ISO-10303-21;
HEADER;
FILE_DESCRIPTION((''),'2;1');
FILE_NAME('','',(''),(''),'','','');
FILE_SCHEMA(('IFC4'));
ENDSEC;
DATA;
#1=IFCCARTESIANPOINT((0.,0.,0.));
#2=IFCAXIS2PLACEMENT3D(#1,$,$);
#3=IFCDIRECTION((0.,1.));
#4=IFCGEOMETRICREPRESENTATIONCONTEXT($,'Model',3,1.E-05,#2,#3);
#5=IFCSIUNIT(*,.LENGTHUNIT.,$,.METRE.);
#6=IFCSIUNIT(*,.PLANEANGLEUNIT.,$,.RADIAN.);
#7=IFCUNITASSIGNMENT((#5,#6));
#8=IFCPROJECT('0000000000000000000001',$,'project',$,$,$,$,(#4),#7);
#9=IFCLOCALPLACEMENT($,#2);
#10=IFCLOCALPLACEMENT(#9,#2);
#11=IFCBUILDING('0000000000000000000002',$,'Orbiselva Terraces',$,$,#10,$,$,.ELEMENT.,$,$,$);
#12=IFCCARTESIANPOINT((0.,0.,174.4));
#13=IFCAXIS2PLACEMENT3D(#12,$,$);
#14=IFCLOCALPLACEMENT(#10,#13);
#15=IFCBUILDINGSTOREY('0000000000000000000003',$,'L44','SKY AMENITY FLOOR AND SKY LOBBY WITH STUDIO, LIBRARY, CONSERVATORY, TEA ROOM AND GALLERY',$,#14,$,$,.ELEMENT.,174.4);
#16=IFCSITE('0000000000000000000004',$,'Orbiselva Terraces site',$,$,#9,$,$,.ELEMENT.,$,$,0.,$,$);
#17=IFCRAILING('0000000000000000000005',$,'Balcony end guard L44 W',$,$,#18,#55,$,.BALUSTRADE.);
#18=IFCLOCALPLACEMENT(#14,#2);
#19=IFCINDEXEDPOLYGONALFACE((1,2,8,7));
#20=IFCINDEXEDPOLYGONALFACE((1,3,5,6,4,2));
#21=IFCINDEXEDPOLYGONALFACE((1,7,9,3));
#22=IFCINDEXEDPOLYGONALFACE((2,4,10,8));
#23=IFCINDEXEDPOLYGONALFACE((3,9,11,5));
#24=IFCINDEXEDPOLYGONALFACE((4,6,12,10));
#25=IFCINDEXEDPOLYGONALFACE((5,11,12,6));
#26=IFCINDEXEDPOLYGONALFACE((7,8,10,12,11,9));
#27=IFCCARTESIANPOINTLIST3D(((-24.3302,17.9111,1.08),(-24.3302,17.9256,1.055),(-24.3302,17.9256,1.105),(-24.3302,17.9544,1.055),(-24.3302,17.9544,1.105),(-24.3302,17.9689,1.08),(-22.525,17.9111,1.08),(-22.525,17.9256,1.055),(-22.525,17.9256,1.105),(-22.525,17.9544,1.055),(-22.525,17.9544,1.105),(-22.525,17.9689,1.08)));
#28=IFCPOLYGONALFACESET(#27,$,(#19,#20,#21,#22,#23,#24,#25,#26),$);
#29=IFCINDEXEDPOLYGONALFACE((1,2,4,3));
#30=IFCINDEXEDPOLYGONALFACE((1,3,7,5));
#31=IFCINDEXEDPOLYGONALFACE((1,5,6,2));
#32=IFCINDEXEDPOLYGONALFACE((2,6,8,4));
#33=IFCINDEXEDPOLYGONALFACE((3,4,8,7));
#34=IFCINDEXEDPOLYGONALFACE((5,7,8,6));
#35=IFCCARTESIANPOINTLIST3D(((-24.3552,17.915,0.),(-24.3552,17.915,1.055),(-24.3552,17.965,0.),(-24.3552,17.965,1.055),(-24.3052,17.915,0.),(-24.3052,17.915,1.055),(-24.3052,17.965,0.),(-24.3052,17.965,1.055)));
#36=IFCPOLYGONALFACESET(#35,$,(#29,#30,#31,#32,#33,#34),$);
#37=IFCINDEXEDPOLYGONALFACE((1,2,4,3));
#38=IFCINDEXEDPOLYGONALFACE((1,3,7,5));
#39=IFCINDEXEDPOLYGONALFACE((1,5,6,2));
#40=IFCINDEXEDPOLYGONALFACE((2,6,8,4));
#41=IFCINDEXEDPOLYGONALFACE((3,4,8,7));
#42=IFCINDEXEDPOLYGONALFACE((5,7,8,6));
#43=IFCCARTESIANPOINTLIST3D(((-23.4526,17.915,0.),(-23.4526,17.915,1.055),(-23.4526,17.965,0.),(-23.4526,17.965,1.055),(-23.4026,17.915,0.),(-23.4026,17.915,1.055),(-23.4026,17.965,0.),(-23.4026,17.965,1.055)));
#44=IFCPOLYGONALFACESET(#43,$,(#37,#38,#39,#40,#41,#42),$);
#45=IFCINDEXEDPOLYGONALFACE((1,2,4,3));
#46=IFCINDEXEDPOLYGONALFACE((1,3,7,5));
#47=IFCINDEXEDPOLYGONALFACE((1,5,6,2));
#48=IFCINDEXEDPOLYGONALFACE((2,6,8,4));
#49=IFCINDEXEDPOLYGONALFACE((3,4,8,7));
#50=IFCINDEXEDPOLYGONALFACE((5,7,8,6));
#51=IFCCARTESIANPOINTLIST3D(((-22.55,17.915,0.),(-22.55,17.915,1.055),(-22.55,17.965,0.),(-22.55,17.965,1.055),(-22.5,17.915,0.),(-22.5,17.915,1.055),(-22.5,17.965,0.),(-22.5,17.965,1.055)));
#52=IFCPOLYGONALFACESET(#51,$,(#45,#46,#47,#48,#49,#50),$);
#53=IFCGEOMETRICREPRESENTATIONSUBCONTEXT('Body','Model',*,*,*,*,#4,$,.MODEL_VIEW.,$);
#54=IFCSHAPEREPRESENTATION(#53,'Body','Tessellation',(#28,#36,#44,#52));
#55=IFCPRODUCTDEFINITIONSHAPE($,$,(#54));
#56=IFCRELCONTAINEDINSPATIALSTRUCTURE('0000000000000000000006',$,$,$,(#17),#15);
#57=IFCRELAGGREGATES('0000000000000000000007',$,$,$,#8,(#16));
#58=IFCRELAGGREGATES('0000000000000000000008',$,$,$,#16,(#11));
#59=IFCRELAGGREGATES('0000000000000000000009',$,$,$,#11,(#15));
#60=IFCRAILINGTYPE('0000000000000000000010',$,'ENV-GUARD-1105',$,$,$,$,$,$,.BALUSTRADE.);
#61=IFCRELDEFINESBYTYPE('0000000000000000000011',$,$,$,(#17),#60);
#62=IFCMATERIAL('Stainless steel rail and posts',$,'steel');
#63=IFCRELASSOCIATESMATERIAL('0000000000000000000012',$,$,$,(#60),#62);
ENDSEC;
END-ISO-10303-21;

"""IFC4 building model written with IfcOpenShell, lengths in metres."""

from ifc_helpers import new_model, si_unit, direction, frame, origin, origin_2d, place, context, subcontext, project, spatial, polyline, rectangle, outline, extrude, material, type_object, element, save


model = new_model("IFC4")

# Units and contexts
model_context = context("Model", 3, precision=1e-05, world=origin(), true_north=direction((0.0, 1.0)))
body_context = subcontext(model_context, "Body", "Model", "MODEL_VIEW")
ifc_project = project(units=[si_unit("LENGTHUNIT", "METRE"), si_unit("PLANEANGLEUNIT", "RADIAN")], contexts=[model_context])

# Site, building, storey
site_placement = place(None, origin())
site = spatial("IfcSite", under=ifc_project, at=site_placement, Name="Orbiselva Terraces site", CompositionType="ELEMENT", RefElevation=0.0)
building_placement = place(site_placement, origin())
building = spatial("IfcBuilding", under=site, at=building_placement, Name="Orbiselva Terraces", CompositionType="ELEMENT")
storey_placement = place(building_placement, frame((0.0, 0.0, 174.4)))
storey = spatial("IfcBuildingStorey", under=building, at=storey_placement, Name="L44", Description="SKY AMENITY FLOOR AND SKY LOBBY WITH STUDIO, LIBRARY, CONSERVATORY, TEA ROOM AND GALLERY", CompositionType="ELEMENT", Elevation=174.4)

# Railing
ifc_material_1 = material(Name="Stainless steel rail and posts", Category="steel")
railing_type_1 = type_object("IfcRailingType", Name="ENV-GUARD-1105", PredefinedType="BALUSTRADE", material=ifc_material_1)
railing_1_placement = place(storey_placement, frame((-24.3302, 17.94, 0.0)))
element("IfcRailing", 1, at=railing_1_placement, inside=storey, type_object=railing_type_1, Name="Balcony end guard L44 W", PredefinedType="BALUSTRADE", context=body_context, shape_type="SweptSolid", body=[
    extrude(outline(polyline([(0.0289, 0.0), (0.0144, 0.025), (-0.0144, 0.025), (-0.0289, 0.0), (-0.0144, -0.025), (0.0144, -0.025), (0.0289, 0.0)])), frame((0.0, 0.0, 1.08), z_axis=(1.0, 0.0, 0.0), x_axis=(0.0, 1.0, 0.0)), (0.0, 0.0, 1.0), 1.8052),
    extrude(rectangle(XDim=0.05, YDim=0.05, at=origin_2d()), origin(), (0.0, 0.0, 1.0), 1.055),
    extrude(rectangle(XDim=0.05, YDim=0.05, at=origin_2d()), frame((0.9026, 0.0, 0.0)), (0.0, 0.0, 1.0), 1.055),
    extrude(rectangle(XDim=0.05, YDim=0.05, at=origin_2d()), frame((1.8052, 0.0, 0.0)), (0.0, 0.0, 1.0), 1.055),
])

save(model, "model.ifc")
